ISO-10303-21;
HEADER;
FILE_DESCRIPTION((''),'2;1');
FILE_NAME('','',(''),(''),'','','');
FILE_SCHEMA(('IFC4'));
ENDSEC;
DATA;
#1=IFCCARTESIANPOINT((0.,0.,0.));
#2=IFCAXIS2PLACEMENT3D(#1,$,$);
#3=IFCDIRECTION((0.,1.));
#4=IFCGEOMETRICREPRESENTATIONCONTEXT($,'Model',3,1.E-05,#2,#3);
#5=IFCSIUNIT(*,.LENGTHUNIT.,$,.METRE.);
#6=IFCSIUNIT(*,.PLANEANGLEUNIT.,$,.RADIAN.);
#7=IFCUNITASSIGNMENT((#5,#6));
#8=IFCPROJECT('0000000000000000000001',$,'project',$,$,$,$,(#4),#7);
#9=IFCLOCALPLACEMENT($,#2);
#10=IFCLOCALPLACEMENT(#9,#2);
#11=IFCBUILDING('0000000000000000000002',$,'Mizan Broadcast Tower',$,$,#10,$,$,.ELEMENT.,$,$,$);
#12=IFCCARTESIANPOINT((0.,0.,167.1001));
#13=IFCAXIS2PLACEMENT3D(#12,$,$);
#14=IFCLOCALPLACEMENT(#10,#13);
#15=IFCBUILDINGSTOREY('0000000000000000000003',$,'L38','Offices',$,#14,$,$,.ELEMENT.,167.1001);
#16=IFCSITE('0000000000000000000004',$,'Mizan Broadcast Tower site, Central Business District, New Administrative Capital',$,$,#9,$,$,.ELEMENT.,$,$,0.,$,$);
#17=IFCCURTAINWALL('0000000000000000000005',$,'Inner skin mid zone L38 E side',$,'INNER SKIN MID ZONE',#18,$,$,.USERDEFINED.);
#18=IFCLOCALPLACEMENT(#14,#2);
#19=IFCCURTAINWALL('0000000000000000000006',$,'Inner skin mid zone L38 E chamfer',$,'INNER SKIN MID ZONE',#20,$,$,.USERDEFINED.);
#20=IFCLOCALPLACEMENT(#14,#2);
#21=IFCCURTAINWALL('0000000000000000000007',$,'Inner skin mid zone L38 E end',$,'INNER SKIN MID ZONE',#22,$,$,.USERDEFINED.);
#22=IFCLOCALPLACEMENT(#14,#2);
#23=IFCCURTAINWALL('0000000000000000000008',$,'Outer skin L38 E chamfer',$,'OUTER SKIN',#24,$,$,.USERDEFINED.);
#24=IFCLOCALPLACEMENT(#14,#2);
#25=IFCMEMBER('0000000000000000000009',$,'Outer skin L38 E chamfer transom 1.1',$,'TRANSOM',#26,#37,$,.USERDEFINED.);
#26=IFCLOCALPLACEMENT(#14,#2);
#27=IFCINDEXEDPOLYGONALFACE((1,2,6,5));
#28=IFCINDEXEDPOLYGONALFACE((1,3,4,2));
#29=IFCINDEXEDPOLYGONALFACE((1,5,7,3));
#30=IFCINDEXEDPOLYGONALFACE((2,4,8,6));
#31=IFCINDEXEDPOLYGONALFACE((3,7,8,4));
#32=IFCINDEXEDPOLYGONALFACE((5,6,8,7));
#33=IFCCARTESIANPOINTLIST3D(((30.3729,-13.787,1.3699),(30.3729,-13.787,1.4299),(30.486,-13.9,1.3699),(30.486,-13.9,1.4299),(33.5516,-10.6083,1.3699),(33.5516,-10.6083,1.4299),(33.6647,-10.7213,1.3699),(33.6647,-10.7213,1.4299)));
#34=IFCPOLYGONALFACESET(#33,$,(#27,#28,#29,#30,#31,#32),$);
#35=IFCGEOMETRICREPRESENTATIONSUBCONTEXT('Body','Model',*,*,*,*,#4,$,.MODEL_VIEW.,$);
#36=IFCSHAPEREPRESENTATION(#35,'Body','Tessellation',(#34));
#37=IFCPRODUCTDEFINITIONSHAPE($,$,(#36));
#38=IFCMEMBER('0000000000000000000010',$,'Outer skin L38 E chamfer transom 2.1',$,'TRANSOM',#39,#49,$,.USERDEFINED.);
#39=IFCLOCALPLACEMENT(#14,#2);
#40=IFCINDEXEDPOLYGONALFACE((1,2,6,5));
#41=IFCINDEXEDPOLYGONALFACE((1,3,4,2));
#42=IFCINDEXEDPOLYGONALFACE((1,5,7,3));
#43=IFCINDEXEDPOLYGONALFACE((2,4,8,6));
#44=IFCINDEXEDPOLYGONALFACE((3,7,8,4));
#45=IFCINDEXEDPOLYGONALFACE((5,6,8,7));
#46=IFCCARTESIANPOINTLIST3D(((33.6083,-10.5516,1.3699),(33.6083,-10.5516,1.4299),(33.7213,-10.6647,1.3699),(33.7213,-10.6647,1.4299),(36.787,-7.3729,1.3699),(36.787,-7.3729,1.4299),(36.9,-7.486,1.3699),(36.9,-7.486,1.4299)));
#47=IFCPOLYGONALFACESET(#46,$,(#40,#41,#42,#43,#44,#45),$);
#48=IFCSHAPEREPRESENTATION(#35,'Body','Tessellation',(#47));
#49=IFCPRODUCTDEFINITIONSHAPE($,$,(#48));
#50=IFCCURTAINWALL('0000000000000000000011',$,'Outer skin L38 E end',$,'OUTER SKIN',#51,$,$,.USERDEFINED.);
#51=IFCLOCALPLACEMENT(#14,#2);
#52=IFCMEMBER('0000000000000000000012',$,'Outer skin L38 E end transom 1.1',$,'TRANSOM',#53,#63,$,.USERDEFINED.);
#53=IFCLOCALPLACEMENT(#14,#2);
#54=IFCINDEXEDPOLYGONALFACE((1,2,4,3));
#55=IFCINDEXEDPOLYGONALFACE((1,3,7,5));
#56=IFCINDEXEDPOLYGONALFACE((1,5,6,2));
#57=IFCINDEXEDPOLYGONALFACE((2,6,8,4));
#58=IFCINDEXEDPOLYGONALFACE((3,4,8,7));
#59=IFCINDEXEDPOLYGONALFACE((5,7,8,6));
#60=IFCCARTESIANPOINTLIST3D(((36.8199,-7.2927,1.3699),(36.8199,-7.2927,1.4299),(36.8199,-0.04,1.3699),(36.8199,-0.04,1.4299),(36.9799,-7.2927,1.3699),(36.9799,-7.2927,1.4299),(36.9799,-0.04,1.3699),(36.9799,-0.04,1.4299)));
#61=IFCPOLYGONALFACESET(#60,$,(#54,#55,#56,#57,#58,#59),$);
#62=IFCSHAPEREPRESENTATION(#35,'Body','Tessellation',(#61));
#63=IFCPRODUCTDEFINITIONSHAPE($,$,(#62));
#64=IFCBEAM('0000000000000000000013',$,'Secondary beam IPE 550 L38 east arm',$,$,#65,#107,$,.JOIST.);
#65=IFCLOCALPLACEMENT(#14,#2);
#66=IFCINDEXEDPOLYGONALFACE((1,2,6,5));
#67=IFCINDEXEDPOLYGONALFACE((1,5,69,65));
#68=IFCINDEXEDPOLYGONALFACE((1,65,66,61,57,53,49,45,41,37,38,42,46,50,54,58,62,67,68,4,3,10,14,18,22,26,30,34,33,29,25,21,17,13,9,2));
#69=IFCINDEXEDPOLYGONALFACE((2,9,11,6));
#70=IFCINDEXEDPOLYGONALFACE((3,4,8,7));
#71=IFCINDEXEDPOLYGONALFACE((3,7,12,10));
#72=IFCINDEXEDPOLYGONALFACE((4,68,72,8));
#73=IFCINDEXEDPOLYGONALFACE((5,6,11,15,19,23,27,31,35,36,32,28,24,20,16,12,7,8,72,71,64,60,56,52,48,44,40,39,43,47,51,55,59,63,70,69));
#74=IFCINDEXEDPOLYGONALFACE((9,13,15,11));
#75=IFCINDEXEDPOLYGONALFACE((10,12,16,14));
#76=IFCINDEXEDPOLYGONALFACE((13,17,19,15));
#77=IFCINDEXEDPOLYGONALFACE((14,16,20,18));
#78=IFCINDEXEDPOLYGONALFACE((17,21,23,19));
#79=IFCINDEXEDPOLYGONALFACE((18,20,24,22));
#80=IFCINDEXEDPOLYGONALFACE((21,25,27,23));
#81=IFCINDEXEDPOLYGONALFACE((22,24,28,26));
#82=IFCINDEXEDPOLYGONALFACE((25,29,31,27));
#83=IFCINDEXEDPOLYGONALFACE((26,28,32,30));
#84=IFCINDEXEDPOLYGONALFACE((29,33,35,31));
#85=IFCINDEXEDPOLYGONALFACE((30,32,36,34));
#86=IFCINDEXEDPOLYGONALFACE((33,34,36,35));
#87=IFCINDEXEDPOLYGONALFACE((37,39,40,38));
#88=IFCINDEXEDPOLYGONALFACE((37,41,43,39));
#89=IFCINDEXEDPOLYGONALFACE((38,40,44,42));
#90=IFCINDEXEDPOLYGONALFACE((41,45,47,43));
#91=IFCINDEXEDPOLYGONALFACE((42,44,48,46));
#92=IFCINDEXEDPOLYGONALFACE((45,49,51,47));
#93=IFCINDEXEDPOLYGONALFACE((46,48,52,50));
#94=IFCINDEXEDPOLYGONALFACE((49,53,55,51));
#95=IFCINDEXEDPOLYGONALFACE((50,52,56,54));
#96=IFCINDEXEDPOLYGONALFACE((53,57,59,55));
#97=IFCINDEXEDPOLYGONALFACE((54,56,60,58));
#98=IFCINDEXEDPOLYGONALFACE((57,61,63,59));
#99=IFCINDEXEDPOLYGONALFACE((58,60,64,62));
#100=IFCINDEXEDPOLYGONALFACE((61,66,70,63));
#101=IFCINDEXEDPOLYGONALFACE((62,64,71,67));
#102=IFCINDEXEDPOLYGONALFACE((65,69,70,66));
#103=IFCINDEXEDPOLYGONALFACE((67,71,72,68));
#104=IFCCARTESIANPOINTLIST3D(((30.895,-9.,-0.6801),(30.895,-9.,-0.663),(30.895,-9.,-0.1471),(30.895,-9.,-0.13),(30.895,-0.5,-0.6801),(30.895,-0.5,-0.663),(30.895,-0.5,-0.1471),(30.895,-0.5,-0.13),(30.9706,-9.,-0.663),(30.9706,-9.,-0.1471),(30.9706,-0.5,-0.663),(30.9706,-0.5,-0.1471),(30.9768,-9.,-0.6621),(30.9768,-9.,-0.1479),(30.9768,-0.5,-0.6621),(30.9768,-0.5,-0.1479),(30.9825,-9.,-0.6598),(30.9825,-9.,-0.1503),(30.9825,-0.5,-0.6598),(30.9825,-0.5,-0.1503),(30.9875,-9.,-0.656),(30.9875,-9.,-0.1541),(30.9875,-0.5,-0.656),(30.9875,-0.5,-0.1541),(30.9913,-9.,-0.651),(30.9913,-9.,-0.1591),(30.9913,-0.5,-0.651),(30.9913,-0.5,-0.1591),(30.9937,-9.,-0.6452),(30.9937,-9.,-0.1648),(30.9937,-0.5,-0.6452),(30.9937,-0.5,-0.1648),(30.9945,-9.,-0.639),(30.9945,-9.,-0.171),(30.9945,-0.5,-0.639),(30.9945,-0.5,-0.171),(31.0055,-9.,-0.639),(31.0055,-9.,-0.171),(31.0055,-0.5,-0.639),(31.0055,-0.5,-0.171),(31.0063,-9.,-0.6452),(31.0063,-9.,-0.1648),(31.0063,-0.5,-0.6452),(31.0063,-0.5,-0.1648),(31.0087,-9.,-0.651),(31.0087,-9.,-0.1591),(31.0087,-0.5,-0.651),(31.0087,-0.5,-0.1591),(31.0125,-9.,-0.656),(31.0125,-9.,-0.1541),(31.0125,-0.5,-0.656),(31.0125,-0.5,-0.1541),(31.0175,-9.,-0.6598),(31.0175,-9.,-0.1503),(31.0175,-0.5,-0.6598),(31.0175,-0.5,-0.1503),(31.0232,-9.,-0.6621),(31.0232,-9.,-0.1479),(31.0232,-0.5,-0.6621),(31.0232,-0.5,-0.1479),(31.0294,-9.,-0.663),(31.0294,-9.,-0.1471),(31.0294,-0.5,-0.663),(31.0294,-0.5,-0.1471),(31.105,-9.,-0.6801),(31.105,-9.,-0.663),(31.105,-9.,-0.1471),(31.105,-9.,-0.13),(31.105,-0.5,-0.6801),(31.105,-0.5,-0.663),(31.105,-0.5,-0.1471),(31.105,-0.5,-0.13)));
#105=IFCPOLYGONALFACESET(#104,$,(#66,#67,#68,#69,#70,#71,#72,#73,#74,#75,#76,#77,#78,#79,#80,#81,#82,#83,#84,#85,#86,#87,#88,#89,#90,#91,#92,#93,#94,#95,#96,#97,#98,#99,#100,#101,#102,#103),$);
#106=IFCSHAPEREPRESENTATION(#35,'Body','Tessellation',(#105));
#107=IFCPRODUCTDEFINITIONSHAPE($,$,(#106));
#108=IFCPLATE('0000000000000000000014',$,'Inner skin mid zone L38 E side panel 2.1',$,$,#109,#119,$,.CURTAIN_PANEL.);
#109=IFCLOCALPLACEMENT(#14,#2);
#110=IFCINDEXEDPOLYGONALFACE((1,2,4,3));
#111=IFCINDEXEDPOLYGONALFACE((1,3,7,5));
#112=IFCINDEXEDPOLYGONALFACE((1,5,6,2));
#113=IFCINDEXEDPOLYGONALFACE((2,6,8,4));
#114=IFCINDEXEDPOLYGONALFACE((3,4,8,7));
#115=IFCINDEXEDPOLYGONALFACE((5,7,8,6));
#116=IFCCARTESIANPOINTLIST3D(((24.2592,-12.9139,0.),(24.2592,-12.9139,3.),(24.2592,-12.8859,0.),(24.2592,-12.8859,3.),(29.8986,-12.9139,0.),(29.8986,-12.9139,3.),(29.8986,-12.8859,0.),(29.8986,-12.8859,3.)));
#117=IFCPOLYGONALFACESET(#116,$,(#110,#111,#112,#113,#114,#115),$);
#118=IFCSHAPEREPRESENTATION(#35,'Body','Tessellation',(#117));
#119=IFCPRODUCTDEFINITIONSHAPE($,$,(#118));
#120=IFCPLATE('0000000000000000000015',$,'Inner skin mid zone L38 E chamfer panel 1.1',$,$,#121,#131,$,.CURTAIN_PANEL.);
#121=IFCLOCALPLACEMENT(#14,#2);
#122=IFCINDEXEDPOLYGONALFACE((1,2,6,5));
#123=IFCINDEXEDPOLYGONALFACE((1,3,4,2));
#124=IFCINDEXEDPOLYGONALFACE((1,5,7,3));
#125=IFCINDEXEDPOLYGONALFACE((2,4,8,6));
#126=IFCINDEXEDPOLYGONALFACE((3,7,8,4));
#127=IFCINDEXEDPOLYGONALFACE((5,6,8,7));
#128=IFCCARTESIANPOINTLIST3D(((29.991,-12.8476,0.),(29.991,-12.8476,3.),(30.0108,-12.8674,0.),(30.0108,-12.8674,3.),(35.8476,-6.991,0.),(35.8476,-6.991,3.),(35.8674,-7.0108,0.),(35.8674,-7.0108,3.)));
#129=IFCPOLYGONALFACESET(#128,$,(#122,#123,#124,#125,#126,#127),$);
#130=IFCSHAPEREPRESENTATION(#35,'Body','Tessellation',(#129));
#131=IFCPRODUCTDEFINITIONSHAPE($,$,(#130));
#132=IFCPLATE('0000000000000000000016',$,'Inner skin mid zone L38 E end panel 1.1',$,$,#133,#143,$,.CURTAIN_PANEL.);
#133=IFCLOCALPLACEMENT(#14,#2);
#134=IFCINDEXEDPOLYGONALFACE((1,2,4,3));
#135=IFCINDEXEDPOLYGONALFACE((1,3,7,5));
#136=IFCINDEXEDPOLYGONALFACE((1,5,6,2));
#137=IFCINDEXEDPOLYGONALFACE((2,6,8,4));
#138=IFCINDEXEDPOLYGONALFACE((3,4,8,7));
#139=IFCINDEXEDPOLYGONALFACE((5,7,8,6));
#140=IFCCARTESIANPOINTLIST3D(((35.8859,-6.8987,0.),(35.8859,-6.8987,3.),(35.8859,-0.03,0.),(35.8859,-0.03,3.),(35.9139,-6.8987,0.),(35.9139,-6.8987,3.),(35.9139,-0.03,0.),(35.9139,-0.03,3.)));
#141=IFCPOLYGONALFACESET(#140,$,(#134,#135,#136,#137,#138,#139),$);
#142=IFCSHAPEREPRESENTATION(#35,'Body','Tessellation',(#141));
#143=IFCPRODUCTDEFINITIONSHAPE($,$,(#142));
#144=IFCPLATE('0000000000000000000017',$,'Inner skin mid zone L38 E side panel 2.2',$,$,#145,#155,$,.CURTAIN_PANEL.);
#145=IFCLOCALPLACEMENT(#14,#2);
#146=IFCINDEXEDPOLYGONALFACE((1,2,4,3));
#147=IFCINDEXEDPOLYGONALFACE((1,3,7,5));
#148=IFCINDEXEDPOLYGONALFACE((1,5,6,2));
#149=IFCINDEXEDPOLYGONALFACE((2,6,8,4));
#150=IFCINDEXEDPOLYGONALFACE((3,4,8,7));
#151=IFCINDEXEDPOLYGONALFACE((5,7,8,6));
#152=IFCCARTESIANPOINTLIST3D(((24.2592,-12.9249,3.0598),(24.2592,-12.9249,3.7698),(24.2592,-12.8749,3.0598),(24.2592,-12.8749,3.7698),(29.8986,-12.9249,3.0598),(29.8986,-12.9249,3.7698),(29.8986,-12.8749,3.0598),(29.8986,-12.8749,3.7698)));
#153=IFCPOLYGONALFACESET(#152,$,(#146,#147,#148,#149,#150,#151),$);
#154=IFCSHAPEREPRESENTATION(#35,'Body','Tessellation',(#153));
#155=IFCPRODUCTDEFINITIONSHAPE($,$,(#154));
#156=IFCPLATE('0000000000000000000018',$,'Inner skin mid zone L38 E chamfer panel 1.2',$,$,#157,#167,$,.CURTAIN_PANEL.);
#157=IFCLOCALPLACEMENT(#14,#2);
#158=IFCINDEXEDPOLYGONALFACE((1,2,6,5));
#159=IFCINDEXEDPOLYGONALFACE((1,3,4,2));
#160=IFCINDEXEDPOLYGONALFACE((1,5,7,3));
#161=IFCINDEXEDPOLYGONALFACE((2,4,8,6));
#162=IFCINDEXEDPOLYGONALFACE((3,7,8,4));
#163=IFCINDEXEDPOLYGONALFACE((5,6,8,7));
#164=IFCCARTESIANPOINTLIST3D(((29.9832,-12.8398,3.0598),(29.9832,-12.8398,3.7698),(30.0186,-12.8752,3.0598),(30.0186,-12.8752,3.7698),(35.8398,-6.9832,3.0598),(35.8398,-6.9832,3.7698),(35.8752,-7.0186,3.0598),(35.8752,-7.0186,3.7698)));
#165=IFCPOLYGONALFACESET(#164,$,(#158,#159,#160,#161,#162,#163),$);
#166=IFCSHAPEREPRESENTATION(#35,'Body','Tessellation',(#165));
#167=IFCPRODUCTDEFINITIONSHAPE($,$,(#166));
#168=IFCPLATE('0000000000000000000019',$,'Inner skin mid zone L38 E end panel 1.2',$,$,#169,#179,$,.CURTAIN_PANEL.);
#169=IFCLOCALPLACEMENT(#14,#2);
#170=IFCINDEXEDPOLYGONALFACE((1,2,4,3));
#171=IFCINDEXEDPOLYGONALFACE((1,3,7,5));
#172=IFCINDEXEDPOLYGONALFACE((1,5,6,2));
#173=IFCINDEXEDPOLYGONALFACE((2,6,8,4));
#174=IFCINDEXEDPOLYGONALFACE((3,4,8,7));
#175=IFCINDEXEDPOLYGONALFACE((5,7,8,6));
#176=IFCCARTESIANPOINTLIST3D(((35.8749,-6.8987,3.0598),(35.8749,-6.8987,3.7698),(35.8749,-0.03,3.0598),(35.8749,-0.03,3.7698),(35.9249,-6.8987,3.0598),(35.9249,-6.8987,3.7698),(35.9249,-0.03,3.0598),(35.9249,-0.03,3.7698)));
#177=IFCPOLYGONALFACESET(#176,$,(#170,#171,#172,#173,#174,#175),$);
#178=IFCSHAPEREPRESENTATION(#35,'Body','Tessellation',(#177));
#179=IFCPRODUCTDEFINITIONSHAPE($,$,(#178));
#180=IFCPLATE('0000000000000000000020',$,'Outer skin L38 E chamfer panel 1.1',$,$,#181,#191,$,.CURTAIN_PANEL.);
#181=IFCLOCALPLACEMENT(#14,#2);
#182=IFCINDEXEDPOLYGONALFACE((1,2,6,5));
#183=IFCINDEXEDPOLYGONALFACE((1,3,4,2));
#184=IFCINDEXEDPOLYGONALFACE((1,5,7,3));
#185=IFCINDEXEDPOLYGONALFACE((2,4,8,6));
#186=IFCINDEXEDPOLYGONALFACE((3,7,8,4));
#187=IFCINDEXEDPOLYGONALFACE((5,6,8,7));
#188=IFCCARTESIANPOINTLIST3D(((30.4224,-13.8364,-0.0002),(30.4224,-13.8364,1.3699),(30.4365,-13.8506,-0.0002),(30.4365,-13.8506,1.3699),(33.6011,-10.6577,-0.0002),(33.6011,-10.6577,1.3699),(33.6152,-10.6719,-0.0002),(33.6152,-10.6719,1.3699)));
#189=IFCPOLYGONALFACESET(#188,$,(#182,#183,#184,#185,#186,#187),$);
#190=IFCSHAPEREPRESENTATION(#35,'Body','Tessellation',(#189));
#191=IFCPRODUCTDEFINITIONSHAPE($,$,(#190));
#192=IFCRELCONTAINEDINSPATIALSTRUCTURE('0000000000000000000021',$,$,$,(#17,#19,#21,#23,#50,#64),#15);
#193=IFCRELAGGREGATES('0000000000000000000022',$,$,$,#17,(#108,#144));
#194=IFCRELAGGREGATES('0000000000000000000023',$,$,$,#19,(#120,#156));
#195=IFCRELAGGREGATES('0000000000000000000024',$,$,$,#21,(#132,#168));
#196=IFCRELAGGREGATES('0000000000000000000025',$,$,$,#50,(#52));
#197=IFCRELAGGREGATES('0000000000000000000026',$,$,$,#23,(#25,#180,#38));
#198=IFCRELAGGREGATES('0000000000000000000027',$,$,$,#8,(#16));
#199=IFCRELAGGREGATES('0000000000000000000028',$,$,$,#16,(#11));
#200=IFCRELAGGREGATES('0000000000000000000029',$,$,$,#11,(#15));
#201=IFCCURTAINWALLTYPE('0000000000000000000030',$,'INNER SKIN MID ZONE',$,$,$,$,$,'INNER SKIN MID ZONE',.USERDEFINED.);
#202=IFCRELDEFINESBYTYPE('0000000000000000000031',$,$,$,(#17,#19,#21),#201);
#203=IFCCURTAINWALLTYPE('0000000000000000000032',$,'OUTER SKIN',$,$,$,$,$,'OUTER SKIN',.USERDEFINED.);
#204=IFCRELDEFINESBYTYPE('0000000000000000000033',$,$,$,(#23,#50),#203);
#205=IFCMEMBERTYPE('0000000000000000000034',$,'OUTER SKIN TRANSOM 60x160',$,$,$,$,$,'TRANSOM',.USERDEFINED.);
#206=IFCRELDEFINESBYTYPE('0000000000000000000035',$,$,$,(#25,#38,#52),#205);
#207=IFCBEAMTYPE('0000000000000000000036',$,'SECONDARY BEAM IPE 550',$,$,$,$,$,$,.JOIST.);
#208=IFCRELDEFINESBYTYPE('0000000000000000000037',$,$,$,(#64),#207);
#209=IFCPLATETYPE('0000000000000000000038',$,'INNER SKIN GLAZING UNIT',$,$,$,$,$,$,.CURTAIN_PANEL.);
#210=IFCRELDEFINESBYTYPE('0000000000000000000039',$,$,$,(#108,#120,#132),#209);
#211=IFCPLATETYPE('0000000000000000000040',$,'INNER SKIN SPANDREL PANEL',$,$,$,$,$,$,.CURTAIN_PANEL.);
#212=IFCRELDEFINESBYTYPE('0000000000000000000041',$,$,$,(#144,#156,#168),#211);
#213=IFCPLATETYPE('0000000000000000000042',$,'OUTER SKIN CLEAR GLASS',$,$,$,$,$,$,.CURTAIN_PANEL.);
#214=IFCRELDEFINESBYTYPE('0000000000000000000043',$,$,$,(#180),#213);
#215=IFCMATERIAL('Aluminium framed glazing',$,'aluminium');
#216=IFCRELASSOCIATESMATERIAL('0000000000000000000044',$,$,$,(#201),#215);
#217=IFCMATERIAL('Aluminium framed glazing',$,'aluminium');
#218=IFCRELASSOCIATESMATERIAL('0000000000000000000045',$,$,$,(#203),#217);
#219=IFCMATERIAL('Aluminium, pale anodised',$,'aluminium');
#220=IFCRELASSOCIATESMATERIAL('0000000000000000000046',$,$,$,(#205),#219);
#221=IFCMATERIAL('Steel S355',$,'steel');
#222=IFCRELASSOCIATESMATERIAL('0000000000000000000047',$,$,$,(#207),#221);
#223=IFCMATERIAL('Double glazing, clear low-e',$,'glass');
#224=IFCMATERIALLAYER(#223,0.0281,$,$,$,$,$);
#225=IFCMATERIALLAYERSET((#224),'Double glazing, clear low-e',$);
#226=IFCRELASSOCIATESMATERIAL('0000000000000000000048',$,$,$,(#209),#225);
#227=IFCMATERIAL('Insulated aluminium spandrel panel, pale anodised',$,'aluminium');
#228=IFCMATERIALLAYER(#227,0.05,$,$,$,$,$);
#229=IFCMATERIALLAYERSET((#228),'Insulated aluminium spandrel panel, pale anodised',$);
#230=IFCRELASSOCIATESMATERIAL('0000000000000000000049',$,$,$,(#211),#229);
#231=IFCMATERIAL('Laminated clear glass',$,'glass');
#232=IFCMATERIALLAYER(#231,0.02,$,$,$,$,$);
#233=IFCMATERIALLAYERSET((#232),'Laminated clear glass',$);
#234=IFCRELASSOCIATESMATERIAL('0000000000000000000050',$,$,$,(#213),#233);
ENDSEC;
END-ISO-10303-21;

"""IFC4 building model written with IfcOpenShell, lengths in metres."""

from ifc_helpers import new_model, si_unit, direction, frame, origin, origin_2d, place, context, subcontext, project, spatial, rectangle, i_section, extrude, material, layer, layer_set, material_profile, profile_set, type_object, element, aggregate, save


model = new_model("IFC4")

# Units and contexts
model_context = context("Model", 3, precision=1e-05, world=origin(), true_north=direction((0.0, 1.0)))
body_context = subcontext(model_context, "Body", "Model", "MODEL_VIEW")
ifc_project = project(units=[si_unit("LENGTHUNIT", "METRE"), si_unit("PLANEANGLEUNIT", "RADIAN")], contexts=[model_context])

# Site, building, storey
site_placement = place(None, origin())
site = spatial("IfcSite", under=ifc_project, at=site_placement, Name="Mizan Broadcast Tower site, Central Business District, New Administrative Capital", CompositionType="ELEMENT", RefElevation=0.0)
building_placement = place(site_placement, origin())
building = spatial("IfcBuilding", under=site, at=building_placement, Name="Mizan Broadcast Tower", CompositionType="ELEMENT")
storey_placement = place(building_placement, frame((0.0, 0.0, 167.1001)))
storey = spatial("IfcBuildingStorey", under=building, at=storey_placement, Name="L38", Description="Offices", CompositionType="ELEMENT", Elevation=167.1001)

# Curtain wall
ifc_material_1 = material(Name="Aluminium framed glazing", Category="aluminium")
curtain_wall_type_1 = type_object("IfcCurtainWallType", Name="INNER SKIN MID ZONE", ElementType="INNER SKIN MID ZONE", PredefinedType="USERDEFINED", material=ifc_material_1)
curtain_wall_1_placement = place(storey_placement, origin())
curtain_wall_1 = element("IfcCurtainWall", 1, at=curtain_wall_1_placement, inside=storey, type_object=curtain_wall_type_1, Name="Inner skin mid zone L38 E side", ObjectType="INNER SKIN MID ZONE", PredefinedType="USERDEFINED")

# Curtain wall
curtain_wall_2_placement = place(storey_placement, origin())
curtain_wall_2 = element("IfcCurtainWall", 2, at=curtain_wall_2_placement, inside=storey, type_object=curtain_wall_type_1, Name="Inner skin mid zone L38 E chamfer", ObjectType="INNER SKIN MID ZONE", PredefinedType="USERDEFINED")

# Curtain wall
curtain_wall_3_placement = place(storey_placement, origin())
curtain_wall_3 = element("IfcCurtainWall", 3, at=curtain_wall_3_placement, inside=storey, type_object=curtain_wall_type_1, Name="Inner skin mid zone L38 E end", ObjectType="INNER SKIN MID ZONE", PredefinedType="USERDEFINED")

# Curtain wall
ifc_material_2 = material(Name="Aluminium framed glazing", Category="aluminium")
curtain_wall_type_2 = type_object("IfcCurtainWallType", Name="OUTER SKIN", ElementType="OUTER SKIN", PredefinedType="USERDEFINED", material=ifc_material_2)
curtain_wall_4_placement = place(storey_placement, origin())
curtain_wall_4 = element("IfcCurtainWall", 4, at=curtain_wall_4_placement, inside=storey, type_object=curtain_wall_type_2, Name="Outer skin L38 E chamfer", ObjectType="OUTER SKIN", PredefinedType="USERDEFINED")

# Members
ifc_material_3 = material(Name="Aluminium, pale anodised", Category="aluminium")
ifc_material_profile_1 = material_profile(ifc_material_3, rectangle(XDim=0.1599, YDim=0.0601, at=origin_2d()), Name="TRANSOM 160x60")
ifc_profile_set_1 = profile_set([ifc_material_profile_1], Name="Aluminium, pale anodised")
member_type_1 = type_object("IfcMemberType", Name="OUTER SKIN TRANSOM 60x160", ElementType="TRANSOM", PredefinedType="USERDEFINED", material=ifc_profile_set_1)
member_1_placement = place(storey_placement, frame((30.4294, -13.8435, 1.3999), z_axis=(0.707107, 0.707107, 0.0), x_axis=(-0.707107, 0.707107, 0.0)))
member_1 = element("IfcMember", 5, at=member_1_placement, type_object=member_type_1, Name="Outer skin L38 E chamfer transom 1.1", ObjectType="TRANSOM", PredefinedType="USERDEFINED", context=body_context, shape_type="SweptSolid", body=[
    extrude(rectangle(XDim=0.1599, YDim=0.0601, at=origin_2d()), origin(), (0.0, 0.0, 1.0), 4.4954),
])
member_2_placement = place(storey_placement, frame((33.6648, -10.6082, 1.3999), z_axis=(0.707107, 0.707107, 0.0), x_axis=(-0.707107, 0.707107, 0.0)))
member_2 = element("IfcMember", 6, at=member_2_placement, type_object=member_type_1, Name="Outer skin L38 E chamfer transom 2.1", ObjectType="TRANSOM", PredefinedType="USERDEFINED", context=body_context, shape_type="SweptSolid", body=[
    extrude(rectangle(XDim=0.1599, YDim=0.0601, at=origin_2d()), origin(), (0.0, 0.0, 1.0), 4.4954),
])

# Curtain wall, member
curtain_wall_5_placement = place(storey_placement, origin())
curtain_wall_5 = element("IfcCurtainWall", 7, at=curtain_wall_5_placement, inside=storey, type_object=curtain_wall_type_2, Name="Outer skin L38 E end", ObjectType="OUTER SKIN", PredefinedType="USERDEFINED")
member_3_placement = place(storey_placement, frame((36.8999, -7.2927, 1.3999), z_axis=(0.0, 1.0, 0.0), x_axis=(-1.0, 0.0, 0.0)))
member_3 = element("IfcMember", 8, at=member_3_placement, type_object=member_type_1, Name="Outer skin L38 E end transom 1.1", ObjectType="TRANSOM", PredefinedType="USERDEFINED", context=body_context, shape_type="SweptSolid", body=[
    extrude(rectangle(XDim=0.1599, YDim=0.0601, at=origin_2d()), origin(), (0.0, 0.0, 1.0), 7.2527),
])

# Beam
ifc_material_4 = material(Name="Steel S355", Category="steel")
ifc_material_profile_2 = material_profile(ifc_material_4, i_section(OverallWidth=0.21, OverallDepth=0.55, WebThickness=0.011, FlangeThickness=0.0171, FilletRadius=0.0239, at=origin_2d()), Name="IPE 550")
ifc_profile_set_2 = profile_set([ifc_material_profile_2], Name="Steel S355")
beam_type_1 = type_object("IfcBeamType", Name="SECONDARY BEAM IPE 550", PredefinedType="JOIST", material=ifc_profile_set_2)
beam_1_placement = place(storey_placement, frame((31.0, -9.0, -0.405), z_axis=(0.0, 1.0, 0.0), x_axis=(-1.0, 0.0, 0.0)))
element("IfcBeam", 9, at=beam_1_placement, inside=storey, type_object=beam_type_1, Name="Secondary beam IPE 550 L38 east arm", PredefinedType="JOIST", context=body_context, shape_type="SweptSolid", body=[
    extrude(i_section(OverallWidth=0.21, OverallDepth=0.55, WebThickness=0.011, FlangeThickness=0.0171, FilletRadius=0.0239, at=origin_2d()), origin(), (0.0, 0.0, 1.0), 8.5),
])

# Plates
ifc_material_5 = material(Name="Double glazing, clear low-e", Category="glass")
ifc_layer_1 = layer(ifc_material_5, 0.0281)
ifc_layer_set_1 = layer_set([ifc_layer_1], Name="Double glazing, clear low-e")
plate_type_1 = type_object("IfcPlateType", Name="INNER SKIN GLAZING UNIT", PredefinedType="CURTAIN_PANEL", material=ifc_layer_set_1)
plate_1_placement = place(storey_placement, frame((27.0789, -12.8999, 0.0), z_axis=(0.0, 0.0, 1.0), x_axis=(1.0, 0.0, 0.0)))
plate_1 = element("IfcPlate", 10, at=plate_1_placement, type_object=plate_type_1, Name="Inner skin mid zone L38 E side panel 2.1", PredefinedType="CURTAIN_PANEL", context=body_context, shape_type="SweptSolid", body=[
    extrude(rectangle(XDim=5.6394, YDim=0.0281, at=origin_2d()), origin(), (0.0, 0.0, 1.0), 3.0),
])
plate_2_placement = place(storey_placement, frame((32.9292, -9.9292, 0.0), z_axis=(0.0, 0.0, 1.0), x_axis=(0.707107, 0.707107, 0.0)))
plate_2 = element("IfcPlate", 11, at=plate_2_placement, type_object=plate_type_1, Name="Inner skin mid zone L38 E chamfer panel 1.1", PredefinedType="CURTAIN_PANEL", context=body_context, shape_type="SweptSolid", body=[
    extrude(rectangle(XDim=8.2825, YDim=0.0281, at=origin_2d()), origin(), (0.0, 0.0, 1.0), 3.0),
])
plate_3_placement = place(storey_placement, frame((35.8999, -3.4644, 0.0), z_axis=(0.0, 0.0, 1.0), x_axis=(0.0, 1.0, 0.0)))
plate_3 = element("IfcPlate", 12, at=plate_3_placement, type_object=plate_type_1, Name="Inner skin mid zone L38 E end panel 1.1", PredefinedType="CURTAIN_PANEL", context=body_context, shape_type="SweptSolid", body=[
    extrude(rectangle(XDim=6.8687, YDim=0.0281, at=origin_2d()), origin(), (0.0, 0.0, 1.0), 3.0),
])
ifc_material_6 = material(Name="Insulated aluminium spandrel panel, pale anodised", Category="aluminium")
ifc_layer_2 = layer(ifc_material_6, 0.05)
ifc_layer_set_2 = layer_set([ifc_layer_2], Name="Insulated aluminium spandrel panel, pale anodised")
plate_type_2 = type_object("IfcPlateType", Name="INNER SKIN SPANDREL PANEL", PredefinedType="CURTAIN_PANEL", material=ifc_layer_set_2)
plate_4_placement = place(storey_placement, frame((27.0789, -12.8999, 3.0598), z_axis=(0.0, 0.0, 1.0), x_axis=(1.0, 0.0, 0.0)))
plate_4 = element("IfcPlate", 13, at=plate_4_placement, type_object=plate_type_2, Name="Inner skin mid zone L38 E side panel 2.2", PredefinedType="CURTAIN_PANEL", context=body_context, shape_type="SweptSolid", body=[
    extrude(rectangle(XDim=5.6394, YDim=0.05, at=origin_2d()), origin(), (0.0, 0.0, 1.0), 0.71),
])
aggregate(curtain_wall_1, [plate_1, plate_4])
plate_5_placement = place(storey_placement, frame((32.9292, -9.9292, 3.0598), z_axis=(0.0, 0.0, 1.0), x_axis=(0.707107, 0.707107, 0.0)))
plate_5 = element("IfcPlate", 14, at=plate_5_placement, type_object=plate_type_2, Name="Inner skin mid zone L38 E chamfer panel 1.2", PredefinedType="CURTAIN_PANEL", context=body_context, shape_type="SweptSolid", body=[
    extrude(rectangle(XDim=8.2825, YDim=0.05, at=origin_2d()), origin(), (0.0, 0.0, 1.0), 0.71),
])
aggregate(curtain_wall_2, [plate_2, plate_5])
plate_6_placement = place(storey_placement, frame((35.8999, -3.4644, 3.0598), z_axis=(0.0, 0.0, 1.0), x_axis=(0.0, 1.0, 0.0)))
plate_6 = element("IfcPlate", 15, at=plate_6_placement, type_object=plate_type_2, Name="Inner skin mid zone L38 E end panel 1.2", PredefinedType="CURTAIN_PANEL", context=body_context, shape_type="SweptSolid", body=[
    extrude(rectangle(XDim=6.8687, YDim=0.05, at=origin_2d()), origin(), (0.0, 0.0, 1.0), 0.71),
])
aggregate(curtain_wall_3, [plate_3, plate_6])
ifc_material_7 = material(Name="Laminated clear glass", Category="glass")
ifc_layer_3 = layer(ifc_material_7, 0.02)
ifc_layer_set_3 = layer_set([ifc_layer_3], Name="Laminated clear glass")
plate_type_3 = type_object("IfcPlateType", Name="OUTER SKIN CLEAR GLASS", PredefinedType="CURTAIN_PANEL", material=ifc_layer_set_3)
plate_7_placement = place(storey_placement, frame((32.0188, -12.2542, -0.0002), z_axis=(0.0, 0.0, 1.0), x_axis=(0.707107, 0.707107, 0.0)))
plate_7 = element("IfcPlate", 16, at=plate_7_placement, type_object=plate_type_3, Name="Outer skin L38 E chamfer panel 1.1", PredefinedType="CURTAIN_PANEL", context=body_context, shape_type="SweptSolid", body=[
    extrude(rectangle(XDim=4.4954, YDim=0.02, at=origin_2d()), origin(), (0.0, 0.0, 1.0), 1.3701),
])
aggregate(curtain_wall_5, [member_3])
aggregate(curtain_wall_4, [member_1, plate_7, member_2])

save(model, "model.ifc")
